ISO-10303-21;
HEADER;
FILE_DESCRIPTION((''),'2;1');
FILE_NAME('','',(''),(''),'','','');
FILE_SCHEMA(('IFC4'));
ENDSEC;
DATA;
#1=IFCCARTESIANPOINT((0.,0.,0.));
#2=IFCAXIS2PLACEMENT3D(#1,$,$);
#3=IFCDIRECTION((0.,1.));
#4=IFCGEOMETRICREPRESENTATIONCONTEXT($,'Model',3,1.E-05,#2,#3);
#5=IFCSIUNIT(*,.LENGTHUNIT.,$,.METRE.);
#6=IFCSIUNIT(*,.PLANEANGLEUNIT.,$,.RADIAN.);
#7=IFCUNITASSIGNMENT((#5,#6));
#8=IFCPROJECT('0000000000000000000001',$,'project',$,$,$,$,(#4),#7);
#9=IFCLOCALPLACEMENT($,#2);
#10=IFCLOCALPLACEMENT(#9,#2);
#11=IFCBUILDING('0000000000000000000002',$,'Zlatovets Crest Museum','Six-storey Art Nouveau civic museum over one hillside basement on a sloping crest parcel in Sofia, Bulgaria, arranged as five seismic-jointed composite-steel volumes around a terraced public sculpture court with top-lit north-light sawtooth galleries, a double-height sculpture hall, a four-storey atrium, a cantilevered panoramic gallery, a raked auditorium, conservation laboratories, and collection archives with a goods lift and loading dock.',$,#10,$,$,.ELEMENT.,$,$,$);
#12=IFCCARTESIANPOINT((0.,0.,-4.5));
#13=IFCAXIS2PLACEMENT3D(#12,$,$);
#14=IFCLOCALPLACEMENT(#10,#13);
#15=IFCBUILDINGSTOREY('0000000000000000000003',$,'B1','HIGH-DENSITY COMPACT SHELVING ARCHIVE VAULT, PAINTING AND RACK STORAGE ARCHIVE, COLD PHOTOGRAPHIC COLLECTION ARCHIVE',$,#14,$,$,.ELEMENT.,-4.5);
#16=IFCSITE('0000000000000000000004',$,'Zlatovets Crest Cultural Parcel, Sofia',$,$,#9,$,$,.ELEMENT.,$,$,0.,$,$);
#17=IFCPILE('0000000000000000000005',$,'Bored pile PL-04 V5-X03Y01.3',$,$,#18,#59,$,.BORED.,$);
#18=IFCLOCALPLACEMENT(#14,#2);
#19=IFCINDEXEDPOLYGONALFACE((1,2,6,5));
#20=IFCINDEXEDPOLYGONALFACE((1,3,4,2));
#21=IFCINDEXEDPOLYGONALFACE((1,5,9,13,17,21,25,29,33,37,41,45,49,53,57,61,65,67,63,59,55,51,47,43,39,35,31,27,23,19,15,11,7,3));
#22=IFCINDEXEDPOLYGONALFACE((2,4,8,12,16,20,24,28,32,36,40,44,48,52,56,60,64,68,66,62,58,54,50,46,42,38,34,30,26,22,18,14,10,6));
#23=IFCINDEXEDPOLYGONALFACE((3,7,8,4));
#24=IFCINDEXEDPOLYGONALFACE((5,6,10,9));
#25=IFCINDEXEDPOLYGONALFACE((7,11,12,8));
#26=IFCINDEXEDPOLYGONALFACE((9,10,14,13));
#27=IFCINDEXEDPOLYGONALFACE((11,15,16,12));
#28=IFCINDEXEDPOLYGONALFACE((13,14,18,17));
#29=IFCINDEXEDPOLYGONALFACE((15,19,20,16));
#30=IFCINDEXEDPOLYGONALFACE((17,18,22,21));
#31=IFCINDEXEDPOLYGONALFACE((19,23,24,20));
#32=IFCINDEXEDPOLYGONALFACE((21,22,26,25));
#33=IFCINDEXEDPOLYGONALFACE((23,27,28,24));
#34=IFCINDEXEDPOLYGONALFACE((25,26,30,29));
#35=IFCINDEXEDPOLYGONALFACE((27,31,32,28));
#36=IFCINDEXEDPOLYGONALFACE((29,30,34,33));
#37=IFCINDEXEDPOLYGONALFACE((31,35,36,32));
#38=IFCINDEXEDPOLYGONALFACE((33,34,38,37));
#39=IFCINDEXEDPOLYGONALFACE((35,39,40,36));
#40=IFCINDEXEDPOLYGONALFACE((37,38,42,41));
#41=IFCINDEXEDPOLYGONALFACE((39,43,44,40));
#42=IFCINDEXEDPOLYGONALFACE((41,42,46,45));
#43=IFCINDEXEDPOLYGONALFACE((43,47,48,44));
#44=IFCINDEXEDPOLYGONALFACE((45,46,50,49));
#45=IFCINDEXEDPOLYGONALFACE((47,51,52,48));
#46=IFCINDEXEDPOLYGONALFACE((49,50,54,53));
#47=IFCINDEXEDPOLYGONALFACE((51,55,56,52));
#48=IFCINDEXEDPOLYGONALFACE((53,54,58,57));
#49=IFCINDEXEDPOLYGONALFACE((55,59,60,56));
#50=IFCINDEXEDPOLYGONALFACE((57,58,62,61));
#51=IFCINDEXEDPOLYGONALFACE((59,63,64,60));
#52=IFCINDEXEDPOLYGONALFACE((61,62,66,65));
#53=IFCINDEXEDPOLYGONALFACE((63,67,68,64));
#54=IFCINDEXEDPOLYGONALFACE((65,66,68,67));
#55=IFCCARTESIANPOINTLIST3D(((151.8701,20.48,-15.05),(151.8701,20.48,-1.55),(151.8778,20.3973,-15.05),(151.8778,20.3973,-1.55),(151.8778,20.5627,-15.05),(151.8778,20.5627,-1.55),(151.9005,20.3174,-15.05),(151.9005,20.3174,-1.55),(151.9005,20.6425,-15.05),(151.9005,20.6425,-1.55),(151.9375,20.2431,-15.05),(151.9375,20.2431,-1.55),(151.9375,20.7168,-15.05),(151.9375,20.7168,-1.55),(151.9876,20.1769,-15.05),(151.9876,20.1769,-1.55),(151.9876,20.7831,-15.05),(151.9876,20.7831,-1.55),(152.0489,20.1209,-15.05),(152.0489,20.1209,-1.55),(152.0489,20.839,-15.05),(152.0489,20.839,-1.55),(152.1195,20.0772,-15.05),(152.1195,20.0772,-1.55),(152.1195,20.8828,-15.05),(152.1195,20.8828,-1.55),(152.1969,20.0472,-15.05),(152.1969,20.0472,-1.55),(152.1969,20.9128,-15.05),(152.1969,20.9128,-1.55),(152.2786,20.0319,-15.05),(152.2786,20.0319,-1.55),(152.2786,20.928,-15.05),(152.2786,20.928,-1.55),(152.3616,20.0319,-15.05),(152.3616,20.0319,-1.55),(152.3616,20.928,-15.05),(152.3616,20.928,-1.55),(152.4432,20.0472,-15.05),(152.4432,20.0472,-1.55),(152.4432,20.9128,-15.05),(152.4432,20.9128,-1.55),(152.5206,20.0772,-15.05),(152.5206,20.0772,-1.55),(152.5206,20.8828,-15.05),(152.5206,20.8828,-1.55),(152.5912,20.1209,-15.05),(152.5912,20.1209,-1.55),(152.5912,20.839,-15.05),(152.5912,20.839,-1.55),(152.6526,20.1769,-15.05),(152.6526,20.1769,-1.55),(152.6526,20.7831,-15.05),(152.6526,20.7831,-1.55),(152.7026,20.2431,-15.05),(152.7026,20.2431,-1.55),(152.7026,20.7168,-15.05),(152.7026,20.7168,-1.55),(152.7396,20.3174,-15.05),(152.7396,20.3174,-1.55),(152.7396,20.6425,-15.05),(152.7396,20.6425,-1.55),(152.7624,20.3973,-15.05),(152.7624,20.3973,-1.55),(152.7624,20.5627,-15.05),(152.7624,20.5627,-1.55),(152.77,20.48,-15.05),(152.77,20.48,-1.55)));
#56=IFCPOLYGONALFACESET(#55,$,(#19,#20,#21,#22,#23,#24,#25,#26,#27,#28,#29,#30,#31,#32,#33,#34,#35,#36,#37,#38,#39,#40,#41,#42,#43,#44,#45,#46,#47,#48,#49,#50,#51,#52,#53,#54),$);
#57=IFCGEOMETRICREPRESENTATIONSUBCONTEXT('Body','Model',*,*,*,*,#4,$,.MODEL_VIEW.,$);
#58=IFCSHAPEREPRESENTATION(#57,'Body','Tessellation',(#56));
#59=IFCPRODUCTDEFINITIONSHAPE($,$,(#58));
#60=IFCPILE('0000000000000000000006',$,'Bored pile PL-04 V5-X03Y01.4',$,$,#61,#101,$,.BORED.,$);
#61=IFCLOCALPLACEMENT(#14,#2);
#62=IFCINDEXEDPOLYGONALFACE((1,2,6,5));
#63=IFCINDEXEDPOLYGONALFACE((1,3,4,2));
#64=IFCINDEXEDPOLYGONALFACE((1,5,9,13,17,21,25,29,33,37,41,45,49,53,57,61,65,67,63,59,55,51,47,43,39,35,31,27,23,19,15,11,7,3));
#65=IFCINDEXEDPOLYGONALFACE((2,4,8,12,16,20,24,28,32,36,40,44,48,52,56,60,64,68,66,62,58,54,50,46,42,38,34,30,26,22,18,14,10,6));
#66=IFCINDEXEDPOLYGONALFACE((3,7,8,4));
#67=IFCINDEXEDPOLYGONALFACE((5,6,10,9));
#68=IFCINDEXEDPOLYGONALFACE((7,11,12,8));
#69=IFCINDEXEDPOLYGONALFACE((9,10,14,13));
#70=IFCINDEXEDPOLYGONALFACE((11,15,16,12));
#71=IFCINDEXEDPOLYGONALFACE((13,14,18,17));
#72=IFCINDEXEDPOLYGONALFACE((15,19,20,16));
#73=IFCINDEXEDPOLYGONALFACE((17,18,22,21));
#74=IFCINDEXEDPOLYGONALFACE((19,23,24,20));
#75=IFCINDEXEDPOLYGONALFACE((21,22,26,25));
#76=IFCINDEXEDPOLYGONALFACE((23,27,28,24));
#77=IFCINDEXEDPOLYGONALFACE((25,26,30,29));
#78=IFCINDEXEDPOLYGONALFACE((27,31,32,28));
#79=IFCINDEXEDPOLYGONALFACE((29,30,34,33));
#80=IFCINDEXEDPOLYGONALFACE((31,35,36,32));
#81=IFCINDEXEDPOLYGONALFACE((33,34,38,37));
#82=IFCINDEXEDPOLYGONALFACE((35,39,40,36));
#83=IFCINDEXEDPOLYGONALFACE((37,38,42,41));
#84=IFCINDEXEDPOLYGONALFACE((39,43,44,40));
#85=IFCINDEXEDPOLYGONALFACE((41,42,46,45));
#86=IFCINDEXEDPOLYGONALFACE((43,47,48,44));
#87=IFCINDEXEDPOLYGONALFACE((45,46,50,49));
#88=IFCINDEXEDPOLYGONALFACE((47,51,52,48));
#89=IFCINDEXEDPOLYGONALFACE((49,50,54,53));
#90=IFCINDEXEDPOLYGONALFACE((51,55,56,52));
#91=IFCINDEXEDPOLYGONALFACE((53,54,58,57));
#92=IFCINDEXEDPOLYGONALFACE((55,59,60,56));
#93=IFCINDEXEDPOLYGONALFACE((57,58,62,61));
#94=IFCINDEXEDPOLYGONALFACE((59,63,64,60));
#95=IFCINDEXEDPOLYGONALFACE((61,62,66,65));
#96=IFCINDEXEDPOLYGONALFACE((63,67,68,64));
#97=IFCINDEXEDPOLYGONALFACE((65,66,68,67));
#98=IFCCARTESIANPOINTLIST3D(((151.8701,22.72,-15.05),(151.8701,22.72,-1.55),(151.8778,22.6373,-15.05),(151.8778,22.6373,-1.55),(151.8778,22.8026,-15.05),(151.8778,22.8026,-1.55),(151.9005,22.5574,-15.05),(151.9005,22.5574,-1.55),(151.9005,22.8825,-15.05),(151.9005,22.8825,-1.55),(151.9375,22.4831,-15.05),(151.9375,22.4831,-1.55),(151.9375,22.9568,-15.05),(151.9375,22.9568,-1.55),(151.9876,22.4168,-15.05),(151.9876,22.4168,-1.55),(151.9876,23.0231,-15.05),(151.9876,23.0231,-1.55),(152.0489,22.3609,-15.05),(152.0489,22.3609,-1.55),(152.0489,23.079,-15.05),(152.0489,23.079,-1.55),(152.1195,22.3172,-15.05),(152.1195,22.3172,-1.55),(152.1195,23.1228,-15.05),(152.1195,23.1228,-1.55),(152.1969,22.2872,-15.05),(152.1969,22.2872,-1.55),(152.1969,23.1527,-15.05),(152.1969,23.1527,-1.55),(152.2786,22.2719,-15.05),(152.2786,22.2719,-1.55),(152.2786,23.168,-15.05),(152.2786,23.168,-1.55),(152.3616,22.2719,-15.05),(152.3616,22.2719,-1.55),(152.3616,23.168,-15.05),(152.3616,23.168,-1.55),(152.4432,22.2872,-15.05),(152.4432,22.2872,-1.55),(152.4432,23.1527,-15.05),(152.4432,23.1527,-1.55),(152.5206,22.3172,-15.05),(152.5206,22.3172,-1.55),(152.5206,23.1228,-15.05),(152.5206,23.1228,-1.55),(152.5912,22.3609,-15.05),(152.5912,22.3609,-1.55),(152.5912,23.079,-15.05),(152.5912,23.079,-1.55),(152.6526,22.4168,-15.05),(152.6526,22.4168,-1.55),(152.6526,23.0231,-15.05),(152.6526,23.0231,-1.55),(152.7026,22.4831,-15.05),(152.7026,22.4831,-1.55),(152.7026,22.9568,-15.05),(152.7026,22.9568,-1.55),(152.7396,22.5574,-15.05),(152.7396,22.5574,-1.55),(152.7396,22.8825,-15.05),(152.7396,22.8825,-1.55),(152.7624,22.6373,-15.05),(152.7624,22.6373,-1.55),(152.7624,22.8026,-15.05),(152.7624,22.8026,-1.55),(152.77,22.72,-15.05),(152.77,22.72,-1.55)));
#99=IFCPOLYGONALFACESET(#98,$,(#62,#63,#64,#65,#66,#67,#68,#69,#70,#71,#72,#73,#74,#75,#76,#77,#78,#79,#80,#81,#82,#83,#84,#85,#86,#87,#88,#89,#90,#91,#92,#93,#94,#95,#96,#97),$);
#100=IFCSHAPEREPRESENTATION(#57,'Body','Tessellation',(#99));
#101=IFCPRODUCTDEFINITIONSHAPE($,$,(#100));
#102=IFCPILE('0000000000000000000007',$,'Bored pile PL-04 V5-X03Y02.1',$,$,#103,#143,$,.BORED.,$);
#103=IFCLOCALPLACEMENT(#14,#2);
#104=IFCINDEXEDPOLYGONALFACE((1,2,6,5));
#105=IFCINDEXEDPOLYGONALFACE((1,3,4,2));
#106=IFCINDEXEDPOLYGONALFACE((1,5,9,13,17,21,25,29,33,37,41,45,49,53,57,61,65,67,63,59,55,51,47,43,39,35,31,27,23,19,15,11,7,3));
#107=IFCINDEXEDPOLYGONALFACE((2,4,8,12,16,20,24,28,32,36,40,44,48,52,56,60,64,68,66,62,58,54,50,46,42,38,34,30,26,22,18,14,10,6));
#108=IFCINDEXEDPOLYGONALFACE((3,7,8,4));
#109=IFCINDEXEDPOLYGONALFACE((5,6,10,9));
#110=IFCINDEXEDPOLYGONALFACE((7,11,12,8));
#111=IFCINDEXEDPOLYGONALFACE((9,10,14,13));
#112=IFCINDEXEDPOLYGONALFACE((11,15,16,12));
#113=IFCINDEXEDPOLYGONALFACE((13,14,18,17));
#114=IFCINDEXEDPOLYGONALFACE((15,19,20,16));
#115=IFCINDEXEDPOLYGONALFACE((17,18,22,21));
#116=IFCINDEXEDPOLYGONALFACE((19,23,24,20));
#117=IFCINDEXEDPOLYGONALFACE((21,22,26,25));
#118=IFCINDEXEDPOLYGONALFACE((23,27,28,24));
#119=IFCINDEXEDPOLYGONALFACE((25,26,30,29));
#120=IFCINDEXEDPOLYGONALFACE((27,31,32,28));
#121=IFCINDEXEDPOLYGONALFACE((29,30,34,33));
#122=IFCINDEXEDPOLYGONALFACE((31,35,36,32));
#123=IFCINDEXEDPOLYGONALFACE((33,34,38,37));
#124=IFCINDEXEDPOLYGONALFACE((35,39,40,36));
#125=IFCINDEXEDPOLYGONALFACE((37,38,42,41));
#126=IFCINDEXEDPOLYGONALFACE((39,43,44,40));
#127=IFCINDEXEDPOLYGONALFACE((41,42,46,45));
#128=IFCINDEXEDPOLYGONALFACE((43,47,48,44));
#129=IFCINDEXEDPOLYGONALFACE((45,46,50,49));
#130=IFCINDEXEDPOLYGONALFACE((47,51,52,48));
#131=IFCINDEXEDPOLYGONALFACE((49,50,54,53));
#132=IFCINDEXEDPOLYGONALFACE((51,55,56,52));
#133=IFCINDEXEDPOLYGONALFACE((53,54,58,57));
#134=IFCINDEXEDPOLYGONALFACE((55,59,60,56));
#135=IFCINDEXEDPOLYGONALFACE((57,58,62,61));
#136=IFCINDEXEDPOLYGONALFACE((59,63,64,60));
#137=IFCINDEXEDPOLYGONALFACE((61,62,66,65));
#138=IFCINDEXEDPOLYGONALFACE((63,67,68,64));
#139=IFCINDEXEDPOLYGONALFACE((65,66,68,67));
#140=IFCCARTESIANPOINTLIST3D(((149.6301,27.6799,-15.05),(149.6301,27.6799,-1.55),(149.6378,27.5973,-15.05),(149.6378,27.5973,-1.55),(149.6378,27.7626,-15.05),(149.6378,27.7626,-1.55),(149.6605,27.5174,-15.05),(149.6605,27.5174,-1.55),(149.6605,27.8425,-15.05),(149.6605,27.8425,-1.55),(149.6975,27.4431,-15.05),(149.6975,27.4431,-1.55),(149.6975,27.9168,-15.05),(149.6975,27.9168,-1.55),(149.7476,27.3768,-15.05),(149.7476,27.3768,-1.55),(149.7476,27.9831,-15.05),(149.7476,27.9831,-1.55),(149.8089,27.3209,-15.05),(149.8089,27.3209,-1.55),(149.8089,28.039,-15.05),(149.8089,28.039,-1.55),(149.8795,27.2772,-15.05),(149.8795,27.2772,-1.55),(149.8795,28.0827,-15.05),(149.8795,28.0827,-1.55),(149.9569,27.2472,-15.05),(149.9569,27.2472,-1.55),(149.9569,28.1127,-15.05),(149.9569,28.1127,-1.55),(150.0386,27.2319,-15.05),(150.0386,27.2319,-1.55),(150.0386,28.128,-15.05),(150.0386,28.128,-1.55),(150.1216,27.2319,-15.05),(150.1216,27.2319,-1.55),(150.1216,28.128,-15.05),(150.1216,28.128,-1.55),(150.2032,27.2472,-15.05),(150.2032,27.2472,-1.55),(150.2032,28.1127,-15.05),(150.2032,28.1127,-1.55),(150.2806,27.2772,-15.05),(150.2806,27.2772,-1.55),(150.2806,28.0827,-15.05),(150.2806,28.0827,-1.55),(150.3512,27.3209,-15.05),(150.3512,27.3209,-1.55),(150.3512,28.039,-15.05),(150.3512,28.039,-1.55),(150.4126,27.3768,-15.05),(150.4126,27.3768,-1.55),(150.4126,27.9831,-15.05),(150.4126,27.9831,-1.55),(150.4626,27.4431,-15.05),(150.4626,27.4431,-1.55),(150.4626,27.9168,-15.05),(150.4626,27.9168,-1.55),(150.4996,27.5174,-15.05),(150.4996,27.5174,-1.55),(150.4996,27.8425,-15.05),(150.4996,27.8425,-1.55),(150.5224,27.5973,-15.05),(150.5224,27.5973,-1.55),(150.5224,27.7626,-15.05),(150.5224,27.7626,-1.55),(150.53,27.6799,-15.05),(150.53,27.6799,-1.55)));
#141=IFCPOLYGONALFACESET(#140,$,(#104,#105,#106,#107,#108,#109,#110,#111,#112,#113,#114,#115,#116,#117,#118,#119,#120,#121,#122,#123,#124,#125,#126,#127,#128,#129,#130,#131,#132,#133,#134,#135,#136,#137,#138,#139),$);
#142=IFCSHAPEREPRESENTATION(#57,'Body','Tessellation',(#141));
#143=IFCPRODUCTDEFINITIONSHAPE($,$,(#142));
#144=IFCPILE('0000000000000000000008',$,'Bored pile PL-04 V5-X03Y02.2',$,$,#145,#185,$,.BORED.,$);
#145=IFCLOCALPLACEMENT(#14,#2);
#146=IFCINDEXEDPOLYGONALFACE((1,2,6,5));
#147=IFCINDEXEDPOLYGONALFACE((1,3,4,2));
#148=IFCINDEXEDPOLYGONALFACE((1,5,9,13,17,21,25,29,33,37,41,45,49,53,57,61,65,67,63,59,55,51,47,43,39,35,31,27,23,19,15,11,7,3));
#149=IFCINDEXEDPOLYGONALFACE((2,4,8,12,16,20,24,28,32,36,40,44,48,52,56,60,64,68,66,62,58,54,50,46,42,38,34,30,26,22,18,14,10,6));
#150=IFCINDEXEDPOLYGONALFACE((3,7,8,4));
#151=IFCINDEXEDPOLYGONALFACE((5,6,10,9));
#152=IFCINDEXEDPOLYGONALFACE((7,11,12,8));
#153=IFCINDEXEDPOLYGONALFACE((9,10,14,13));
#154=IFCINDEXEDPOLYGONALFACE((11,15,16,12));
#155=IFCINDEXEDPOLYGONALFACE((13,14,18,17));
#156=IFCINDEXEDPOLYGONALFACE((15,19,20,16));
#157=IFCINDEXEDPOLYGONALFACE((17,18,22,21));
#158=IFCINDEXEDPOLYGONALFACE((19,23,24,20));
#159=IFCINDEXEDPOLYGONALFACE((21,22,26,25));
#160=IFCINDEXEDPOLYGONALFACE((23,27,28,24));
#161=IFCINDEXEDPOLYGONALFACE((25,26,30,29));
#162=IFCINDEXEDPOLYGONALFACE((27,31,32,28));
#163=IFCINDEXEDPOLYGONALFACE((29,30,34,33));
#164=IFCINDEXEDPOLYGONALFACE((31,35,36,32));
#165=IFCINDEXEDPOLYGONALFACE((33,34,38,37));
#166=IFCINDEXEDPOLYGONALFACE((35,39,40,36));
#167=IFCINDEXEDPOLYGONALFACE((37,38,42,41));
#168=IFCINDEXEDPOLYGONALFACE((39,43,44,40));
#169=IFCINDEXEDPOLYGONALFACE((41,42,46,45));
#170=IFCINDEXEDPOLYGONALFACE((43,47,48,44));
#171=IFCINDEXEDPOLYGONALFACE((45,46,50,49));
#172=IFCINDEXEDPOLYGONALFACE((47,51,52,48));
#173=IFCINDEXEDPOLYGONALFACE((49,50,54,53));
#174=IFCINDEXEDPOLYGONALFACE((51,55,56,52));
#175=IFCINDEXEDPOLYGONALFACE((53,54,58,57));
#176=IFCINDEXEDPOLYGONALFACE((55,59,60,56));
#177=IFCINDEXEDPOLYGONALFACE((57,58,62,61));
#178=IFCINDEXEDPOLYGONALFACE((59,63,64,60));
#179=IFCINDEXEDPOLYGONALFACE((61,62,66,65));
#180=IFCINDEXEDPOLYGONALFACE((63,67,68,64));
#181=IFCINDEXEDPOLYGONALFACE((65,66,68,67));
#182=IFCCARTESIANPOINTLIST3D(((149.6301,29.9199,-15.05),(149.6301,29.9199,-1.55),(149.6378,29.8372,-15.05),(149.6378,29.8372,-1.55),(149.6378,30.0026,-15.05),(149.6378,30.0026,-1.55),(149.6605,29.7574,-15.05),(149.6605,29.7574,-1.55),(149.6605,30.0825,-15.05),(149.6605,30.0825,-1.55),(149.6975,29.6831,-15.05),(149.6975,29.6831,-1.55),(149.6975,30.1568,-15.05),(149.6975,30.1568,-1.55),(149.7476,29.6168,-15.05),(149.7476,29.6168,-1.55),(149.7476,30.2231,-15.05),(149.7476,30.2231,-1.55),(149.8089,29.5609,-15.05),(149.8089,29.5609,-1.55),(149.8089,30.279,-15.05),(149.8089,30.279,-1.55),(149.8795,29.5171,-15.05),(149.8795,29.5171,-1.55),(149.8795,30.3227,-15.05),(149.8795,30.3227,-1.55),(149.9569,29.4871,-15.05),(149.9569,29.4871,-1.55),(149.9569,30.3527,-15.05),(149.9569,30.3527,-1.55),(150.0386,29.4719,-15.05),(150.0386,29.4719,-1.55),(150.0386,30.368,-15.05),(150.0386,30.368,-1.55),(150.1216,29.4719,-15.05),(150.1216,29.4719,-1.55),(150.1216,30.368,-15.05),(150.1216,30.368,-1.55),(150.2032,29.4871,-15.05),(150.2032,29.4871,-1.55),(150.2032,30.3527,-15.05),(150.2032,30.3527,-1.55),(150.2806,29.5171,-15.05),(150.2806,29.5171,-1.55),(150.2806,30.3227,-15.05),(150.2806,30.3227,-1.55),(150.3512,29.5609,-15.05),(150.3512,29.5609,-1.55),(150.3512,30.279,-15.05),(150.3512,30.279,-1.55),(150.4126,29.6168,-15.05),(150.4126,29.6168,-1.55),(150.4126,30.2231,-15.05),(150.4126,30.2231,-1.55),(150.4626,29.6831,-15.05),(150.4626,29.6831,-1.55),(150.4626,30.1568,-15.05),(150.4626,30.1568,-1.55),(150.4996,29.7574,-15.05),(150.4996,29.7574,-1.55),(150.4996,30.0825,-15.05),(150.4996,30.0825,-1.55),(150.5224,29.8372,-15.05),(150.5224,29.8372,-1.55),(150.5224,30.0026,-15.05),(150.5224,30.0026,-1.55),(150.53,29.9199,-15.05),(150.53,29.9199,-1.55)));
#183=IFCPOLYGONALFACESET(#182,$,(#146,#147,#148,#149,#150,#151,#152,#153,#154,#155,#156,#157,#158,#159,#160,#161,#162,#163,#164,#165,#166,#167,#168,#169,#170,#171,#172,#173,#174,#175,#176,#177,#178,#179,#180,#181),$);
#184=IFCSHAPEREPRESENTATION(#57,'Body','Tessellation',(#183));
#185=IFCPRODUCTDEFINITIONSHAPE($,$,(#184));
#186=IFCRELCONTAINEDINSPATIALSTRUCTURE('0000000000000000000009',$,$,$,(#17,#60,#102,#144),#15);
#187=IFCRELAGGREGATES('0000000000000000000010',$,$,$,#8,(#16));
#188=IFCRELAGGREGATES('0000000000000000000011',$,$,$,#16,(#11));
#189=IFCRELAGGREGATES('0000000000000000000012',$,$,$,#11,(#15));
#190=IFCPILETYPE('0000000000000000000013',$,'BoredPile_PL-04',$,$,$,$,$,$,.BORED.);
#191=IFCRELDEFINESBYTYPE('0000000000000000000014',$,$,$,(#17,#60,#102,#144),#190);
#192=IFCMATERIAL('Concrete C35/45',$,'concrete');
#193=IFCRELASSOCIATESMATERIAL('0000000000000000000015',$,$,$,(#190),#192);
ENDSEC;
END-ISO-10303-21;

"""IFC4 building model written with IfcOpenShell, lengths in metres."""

from ifc_helpers import new_model, si_unit, direction, frame, origin, origin_2d, place, context, subcontext, project, spatial, circle, extrude, material, material_profile, profile_set, type_object, element, save


model = new_model("IFC4")

# Units and contexts
model_context = context("Model", 3, precision=1e-05, world=origin(), true_north=direction((0.0, 1.0)))
body_context = subcontext(model_context, "Body", "Model", "MODEL_VIEW")
ifc_project = project(units=[si_unit("LENGTHUNIT", "METRE"), si_unit("PLANEANGLEUNIT", "RADIAN")], contexts=[model_context])

# Site, building, storey
site_placement = place(None, origin())
site = spatial("IfcSite", under=ifc_project, at=site_placement, Name="Zlatovets Crest Cultural Parcel, Sofia", CompositionType="ELEMENT", RefElevation=0.0)
building_placement = place(site_placement, origin())
building = spatial("IfcBuilding", under=site, at=building_placement, Name="Zlatovets Crest Museum", Description="Six-storey Art Nouveau civic museum over one hillside basement on a sloping crest parcel in Sofia, Bulgaria, arranged as five seismic-jointed composite-steel volumes around a terraced public sculpture court with top-lit north-light sawtooth galleries, a double-height sculpture hall, a four-storey atrium, a cantilevered panoramic gallery, a raked auditorium, conservation laboratories, and collection archives with a goods lift and loading dock.", CompositionType="ELEMENT")
storey_placement = place(building_placement, frame((0.0, 0.0, -4.5)))
storey = spatial("IfcBuildingStorey", under=building, at=storey_placement, Name="B1", Description="HIGH-DENSITY COMPACT SHELVING ARCHIVE VAULT, PAINTING AND RACK STORAGE ARCHIVE, COLD PHOTOGRAPHIC COLLECTION ARCHIVE", CompositionType="ELEMENT", Elevation=-4.5)

# Piles
ifc_material = material(Name="Concrete C35/45", Category="concrete")
ifc_material_profile_1 = material_profile(ifc_material, circle(Radius=0.45, at=origin_2d()), Name="PILE D900")
ifc_profile_set_1 = profile_set([ifc_material_profile_1], Name="Concrete C35/45")
pile_type = type_object("IfcPileType", Name="BoredPile_PL-04", PredefinedType="BORED", material=ifc_profile_set_1)
for number, where, z_axis, x_axis, name in (
    (1, (152.3201, 20.48, -1.55), (0.0, 0.0, -1.0), (1.0, 0.0, 0.0), "Bored pile PL-04 V5-X03Y01.3"),
    (2, (152.3201, 22.72, -1.55), (0.0, 0.0, -1.0), (1.0, 0.0, 0.0), "Bored pile PL-04 V5-X03Y01.4"),
    (3, (150.0801, 27.6799, -1.55), (0.0, 0.0, -1.0), (1.0, 0.0, 0.0), "Bored pile PL-04 V5-X03Y02.1"),
    (4, (150.0801, 29.9199, -1.55), (0.0, 0.0, -1.0), (1.0, 0.0, 0.0), "Bored pile PL-04 V5-X03Y02.2"),
):
    element("IfcPile", number, at=place(storey_placement, frame(where, z_axis=z_axis, x_axis=x_axis)), inside=storey, type_object=pile_type, Name=name, PredefinedType="BORED", context=body_context, shape_type="SweptSolid", body=[
        extrude(circle(Radius=0.45, at=origin_2d()), origin(), (0.0, 0.0, 1.0), 13.5),
    ])

save(model, "model.ifc")
